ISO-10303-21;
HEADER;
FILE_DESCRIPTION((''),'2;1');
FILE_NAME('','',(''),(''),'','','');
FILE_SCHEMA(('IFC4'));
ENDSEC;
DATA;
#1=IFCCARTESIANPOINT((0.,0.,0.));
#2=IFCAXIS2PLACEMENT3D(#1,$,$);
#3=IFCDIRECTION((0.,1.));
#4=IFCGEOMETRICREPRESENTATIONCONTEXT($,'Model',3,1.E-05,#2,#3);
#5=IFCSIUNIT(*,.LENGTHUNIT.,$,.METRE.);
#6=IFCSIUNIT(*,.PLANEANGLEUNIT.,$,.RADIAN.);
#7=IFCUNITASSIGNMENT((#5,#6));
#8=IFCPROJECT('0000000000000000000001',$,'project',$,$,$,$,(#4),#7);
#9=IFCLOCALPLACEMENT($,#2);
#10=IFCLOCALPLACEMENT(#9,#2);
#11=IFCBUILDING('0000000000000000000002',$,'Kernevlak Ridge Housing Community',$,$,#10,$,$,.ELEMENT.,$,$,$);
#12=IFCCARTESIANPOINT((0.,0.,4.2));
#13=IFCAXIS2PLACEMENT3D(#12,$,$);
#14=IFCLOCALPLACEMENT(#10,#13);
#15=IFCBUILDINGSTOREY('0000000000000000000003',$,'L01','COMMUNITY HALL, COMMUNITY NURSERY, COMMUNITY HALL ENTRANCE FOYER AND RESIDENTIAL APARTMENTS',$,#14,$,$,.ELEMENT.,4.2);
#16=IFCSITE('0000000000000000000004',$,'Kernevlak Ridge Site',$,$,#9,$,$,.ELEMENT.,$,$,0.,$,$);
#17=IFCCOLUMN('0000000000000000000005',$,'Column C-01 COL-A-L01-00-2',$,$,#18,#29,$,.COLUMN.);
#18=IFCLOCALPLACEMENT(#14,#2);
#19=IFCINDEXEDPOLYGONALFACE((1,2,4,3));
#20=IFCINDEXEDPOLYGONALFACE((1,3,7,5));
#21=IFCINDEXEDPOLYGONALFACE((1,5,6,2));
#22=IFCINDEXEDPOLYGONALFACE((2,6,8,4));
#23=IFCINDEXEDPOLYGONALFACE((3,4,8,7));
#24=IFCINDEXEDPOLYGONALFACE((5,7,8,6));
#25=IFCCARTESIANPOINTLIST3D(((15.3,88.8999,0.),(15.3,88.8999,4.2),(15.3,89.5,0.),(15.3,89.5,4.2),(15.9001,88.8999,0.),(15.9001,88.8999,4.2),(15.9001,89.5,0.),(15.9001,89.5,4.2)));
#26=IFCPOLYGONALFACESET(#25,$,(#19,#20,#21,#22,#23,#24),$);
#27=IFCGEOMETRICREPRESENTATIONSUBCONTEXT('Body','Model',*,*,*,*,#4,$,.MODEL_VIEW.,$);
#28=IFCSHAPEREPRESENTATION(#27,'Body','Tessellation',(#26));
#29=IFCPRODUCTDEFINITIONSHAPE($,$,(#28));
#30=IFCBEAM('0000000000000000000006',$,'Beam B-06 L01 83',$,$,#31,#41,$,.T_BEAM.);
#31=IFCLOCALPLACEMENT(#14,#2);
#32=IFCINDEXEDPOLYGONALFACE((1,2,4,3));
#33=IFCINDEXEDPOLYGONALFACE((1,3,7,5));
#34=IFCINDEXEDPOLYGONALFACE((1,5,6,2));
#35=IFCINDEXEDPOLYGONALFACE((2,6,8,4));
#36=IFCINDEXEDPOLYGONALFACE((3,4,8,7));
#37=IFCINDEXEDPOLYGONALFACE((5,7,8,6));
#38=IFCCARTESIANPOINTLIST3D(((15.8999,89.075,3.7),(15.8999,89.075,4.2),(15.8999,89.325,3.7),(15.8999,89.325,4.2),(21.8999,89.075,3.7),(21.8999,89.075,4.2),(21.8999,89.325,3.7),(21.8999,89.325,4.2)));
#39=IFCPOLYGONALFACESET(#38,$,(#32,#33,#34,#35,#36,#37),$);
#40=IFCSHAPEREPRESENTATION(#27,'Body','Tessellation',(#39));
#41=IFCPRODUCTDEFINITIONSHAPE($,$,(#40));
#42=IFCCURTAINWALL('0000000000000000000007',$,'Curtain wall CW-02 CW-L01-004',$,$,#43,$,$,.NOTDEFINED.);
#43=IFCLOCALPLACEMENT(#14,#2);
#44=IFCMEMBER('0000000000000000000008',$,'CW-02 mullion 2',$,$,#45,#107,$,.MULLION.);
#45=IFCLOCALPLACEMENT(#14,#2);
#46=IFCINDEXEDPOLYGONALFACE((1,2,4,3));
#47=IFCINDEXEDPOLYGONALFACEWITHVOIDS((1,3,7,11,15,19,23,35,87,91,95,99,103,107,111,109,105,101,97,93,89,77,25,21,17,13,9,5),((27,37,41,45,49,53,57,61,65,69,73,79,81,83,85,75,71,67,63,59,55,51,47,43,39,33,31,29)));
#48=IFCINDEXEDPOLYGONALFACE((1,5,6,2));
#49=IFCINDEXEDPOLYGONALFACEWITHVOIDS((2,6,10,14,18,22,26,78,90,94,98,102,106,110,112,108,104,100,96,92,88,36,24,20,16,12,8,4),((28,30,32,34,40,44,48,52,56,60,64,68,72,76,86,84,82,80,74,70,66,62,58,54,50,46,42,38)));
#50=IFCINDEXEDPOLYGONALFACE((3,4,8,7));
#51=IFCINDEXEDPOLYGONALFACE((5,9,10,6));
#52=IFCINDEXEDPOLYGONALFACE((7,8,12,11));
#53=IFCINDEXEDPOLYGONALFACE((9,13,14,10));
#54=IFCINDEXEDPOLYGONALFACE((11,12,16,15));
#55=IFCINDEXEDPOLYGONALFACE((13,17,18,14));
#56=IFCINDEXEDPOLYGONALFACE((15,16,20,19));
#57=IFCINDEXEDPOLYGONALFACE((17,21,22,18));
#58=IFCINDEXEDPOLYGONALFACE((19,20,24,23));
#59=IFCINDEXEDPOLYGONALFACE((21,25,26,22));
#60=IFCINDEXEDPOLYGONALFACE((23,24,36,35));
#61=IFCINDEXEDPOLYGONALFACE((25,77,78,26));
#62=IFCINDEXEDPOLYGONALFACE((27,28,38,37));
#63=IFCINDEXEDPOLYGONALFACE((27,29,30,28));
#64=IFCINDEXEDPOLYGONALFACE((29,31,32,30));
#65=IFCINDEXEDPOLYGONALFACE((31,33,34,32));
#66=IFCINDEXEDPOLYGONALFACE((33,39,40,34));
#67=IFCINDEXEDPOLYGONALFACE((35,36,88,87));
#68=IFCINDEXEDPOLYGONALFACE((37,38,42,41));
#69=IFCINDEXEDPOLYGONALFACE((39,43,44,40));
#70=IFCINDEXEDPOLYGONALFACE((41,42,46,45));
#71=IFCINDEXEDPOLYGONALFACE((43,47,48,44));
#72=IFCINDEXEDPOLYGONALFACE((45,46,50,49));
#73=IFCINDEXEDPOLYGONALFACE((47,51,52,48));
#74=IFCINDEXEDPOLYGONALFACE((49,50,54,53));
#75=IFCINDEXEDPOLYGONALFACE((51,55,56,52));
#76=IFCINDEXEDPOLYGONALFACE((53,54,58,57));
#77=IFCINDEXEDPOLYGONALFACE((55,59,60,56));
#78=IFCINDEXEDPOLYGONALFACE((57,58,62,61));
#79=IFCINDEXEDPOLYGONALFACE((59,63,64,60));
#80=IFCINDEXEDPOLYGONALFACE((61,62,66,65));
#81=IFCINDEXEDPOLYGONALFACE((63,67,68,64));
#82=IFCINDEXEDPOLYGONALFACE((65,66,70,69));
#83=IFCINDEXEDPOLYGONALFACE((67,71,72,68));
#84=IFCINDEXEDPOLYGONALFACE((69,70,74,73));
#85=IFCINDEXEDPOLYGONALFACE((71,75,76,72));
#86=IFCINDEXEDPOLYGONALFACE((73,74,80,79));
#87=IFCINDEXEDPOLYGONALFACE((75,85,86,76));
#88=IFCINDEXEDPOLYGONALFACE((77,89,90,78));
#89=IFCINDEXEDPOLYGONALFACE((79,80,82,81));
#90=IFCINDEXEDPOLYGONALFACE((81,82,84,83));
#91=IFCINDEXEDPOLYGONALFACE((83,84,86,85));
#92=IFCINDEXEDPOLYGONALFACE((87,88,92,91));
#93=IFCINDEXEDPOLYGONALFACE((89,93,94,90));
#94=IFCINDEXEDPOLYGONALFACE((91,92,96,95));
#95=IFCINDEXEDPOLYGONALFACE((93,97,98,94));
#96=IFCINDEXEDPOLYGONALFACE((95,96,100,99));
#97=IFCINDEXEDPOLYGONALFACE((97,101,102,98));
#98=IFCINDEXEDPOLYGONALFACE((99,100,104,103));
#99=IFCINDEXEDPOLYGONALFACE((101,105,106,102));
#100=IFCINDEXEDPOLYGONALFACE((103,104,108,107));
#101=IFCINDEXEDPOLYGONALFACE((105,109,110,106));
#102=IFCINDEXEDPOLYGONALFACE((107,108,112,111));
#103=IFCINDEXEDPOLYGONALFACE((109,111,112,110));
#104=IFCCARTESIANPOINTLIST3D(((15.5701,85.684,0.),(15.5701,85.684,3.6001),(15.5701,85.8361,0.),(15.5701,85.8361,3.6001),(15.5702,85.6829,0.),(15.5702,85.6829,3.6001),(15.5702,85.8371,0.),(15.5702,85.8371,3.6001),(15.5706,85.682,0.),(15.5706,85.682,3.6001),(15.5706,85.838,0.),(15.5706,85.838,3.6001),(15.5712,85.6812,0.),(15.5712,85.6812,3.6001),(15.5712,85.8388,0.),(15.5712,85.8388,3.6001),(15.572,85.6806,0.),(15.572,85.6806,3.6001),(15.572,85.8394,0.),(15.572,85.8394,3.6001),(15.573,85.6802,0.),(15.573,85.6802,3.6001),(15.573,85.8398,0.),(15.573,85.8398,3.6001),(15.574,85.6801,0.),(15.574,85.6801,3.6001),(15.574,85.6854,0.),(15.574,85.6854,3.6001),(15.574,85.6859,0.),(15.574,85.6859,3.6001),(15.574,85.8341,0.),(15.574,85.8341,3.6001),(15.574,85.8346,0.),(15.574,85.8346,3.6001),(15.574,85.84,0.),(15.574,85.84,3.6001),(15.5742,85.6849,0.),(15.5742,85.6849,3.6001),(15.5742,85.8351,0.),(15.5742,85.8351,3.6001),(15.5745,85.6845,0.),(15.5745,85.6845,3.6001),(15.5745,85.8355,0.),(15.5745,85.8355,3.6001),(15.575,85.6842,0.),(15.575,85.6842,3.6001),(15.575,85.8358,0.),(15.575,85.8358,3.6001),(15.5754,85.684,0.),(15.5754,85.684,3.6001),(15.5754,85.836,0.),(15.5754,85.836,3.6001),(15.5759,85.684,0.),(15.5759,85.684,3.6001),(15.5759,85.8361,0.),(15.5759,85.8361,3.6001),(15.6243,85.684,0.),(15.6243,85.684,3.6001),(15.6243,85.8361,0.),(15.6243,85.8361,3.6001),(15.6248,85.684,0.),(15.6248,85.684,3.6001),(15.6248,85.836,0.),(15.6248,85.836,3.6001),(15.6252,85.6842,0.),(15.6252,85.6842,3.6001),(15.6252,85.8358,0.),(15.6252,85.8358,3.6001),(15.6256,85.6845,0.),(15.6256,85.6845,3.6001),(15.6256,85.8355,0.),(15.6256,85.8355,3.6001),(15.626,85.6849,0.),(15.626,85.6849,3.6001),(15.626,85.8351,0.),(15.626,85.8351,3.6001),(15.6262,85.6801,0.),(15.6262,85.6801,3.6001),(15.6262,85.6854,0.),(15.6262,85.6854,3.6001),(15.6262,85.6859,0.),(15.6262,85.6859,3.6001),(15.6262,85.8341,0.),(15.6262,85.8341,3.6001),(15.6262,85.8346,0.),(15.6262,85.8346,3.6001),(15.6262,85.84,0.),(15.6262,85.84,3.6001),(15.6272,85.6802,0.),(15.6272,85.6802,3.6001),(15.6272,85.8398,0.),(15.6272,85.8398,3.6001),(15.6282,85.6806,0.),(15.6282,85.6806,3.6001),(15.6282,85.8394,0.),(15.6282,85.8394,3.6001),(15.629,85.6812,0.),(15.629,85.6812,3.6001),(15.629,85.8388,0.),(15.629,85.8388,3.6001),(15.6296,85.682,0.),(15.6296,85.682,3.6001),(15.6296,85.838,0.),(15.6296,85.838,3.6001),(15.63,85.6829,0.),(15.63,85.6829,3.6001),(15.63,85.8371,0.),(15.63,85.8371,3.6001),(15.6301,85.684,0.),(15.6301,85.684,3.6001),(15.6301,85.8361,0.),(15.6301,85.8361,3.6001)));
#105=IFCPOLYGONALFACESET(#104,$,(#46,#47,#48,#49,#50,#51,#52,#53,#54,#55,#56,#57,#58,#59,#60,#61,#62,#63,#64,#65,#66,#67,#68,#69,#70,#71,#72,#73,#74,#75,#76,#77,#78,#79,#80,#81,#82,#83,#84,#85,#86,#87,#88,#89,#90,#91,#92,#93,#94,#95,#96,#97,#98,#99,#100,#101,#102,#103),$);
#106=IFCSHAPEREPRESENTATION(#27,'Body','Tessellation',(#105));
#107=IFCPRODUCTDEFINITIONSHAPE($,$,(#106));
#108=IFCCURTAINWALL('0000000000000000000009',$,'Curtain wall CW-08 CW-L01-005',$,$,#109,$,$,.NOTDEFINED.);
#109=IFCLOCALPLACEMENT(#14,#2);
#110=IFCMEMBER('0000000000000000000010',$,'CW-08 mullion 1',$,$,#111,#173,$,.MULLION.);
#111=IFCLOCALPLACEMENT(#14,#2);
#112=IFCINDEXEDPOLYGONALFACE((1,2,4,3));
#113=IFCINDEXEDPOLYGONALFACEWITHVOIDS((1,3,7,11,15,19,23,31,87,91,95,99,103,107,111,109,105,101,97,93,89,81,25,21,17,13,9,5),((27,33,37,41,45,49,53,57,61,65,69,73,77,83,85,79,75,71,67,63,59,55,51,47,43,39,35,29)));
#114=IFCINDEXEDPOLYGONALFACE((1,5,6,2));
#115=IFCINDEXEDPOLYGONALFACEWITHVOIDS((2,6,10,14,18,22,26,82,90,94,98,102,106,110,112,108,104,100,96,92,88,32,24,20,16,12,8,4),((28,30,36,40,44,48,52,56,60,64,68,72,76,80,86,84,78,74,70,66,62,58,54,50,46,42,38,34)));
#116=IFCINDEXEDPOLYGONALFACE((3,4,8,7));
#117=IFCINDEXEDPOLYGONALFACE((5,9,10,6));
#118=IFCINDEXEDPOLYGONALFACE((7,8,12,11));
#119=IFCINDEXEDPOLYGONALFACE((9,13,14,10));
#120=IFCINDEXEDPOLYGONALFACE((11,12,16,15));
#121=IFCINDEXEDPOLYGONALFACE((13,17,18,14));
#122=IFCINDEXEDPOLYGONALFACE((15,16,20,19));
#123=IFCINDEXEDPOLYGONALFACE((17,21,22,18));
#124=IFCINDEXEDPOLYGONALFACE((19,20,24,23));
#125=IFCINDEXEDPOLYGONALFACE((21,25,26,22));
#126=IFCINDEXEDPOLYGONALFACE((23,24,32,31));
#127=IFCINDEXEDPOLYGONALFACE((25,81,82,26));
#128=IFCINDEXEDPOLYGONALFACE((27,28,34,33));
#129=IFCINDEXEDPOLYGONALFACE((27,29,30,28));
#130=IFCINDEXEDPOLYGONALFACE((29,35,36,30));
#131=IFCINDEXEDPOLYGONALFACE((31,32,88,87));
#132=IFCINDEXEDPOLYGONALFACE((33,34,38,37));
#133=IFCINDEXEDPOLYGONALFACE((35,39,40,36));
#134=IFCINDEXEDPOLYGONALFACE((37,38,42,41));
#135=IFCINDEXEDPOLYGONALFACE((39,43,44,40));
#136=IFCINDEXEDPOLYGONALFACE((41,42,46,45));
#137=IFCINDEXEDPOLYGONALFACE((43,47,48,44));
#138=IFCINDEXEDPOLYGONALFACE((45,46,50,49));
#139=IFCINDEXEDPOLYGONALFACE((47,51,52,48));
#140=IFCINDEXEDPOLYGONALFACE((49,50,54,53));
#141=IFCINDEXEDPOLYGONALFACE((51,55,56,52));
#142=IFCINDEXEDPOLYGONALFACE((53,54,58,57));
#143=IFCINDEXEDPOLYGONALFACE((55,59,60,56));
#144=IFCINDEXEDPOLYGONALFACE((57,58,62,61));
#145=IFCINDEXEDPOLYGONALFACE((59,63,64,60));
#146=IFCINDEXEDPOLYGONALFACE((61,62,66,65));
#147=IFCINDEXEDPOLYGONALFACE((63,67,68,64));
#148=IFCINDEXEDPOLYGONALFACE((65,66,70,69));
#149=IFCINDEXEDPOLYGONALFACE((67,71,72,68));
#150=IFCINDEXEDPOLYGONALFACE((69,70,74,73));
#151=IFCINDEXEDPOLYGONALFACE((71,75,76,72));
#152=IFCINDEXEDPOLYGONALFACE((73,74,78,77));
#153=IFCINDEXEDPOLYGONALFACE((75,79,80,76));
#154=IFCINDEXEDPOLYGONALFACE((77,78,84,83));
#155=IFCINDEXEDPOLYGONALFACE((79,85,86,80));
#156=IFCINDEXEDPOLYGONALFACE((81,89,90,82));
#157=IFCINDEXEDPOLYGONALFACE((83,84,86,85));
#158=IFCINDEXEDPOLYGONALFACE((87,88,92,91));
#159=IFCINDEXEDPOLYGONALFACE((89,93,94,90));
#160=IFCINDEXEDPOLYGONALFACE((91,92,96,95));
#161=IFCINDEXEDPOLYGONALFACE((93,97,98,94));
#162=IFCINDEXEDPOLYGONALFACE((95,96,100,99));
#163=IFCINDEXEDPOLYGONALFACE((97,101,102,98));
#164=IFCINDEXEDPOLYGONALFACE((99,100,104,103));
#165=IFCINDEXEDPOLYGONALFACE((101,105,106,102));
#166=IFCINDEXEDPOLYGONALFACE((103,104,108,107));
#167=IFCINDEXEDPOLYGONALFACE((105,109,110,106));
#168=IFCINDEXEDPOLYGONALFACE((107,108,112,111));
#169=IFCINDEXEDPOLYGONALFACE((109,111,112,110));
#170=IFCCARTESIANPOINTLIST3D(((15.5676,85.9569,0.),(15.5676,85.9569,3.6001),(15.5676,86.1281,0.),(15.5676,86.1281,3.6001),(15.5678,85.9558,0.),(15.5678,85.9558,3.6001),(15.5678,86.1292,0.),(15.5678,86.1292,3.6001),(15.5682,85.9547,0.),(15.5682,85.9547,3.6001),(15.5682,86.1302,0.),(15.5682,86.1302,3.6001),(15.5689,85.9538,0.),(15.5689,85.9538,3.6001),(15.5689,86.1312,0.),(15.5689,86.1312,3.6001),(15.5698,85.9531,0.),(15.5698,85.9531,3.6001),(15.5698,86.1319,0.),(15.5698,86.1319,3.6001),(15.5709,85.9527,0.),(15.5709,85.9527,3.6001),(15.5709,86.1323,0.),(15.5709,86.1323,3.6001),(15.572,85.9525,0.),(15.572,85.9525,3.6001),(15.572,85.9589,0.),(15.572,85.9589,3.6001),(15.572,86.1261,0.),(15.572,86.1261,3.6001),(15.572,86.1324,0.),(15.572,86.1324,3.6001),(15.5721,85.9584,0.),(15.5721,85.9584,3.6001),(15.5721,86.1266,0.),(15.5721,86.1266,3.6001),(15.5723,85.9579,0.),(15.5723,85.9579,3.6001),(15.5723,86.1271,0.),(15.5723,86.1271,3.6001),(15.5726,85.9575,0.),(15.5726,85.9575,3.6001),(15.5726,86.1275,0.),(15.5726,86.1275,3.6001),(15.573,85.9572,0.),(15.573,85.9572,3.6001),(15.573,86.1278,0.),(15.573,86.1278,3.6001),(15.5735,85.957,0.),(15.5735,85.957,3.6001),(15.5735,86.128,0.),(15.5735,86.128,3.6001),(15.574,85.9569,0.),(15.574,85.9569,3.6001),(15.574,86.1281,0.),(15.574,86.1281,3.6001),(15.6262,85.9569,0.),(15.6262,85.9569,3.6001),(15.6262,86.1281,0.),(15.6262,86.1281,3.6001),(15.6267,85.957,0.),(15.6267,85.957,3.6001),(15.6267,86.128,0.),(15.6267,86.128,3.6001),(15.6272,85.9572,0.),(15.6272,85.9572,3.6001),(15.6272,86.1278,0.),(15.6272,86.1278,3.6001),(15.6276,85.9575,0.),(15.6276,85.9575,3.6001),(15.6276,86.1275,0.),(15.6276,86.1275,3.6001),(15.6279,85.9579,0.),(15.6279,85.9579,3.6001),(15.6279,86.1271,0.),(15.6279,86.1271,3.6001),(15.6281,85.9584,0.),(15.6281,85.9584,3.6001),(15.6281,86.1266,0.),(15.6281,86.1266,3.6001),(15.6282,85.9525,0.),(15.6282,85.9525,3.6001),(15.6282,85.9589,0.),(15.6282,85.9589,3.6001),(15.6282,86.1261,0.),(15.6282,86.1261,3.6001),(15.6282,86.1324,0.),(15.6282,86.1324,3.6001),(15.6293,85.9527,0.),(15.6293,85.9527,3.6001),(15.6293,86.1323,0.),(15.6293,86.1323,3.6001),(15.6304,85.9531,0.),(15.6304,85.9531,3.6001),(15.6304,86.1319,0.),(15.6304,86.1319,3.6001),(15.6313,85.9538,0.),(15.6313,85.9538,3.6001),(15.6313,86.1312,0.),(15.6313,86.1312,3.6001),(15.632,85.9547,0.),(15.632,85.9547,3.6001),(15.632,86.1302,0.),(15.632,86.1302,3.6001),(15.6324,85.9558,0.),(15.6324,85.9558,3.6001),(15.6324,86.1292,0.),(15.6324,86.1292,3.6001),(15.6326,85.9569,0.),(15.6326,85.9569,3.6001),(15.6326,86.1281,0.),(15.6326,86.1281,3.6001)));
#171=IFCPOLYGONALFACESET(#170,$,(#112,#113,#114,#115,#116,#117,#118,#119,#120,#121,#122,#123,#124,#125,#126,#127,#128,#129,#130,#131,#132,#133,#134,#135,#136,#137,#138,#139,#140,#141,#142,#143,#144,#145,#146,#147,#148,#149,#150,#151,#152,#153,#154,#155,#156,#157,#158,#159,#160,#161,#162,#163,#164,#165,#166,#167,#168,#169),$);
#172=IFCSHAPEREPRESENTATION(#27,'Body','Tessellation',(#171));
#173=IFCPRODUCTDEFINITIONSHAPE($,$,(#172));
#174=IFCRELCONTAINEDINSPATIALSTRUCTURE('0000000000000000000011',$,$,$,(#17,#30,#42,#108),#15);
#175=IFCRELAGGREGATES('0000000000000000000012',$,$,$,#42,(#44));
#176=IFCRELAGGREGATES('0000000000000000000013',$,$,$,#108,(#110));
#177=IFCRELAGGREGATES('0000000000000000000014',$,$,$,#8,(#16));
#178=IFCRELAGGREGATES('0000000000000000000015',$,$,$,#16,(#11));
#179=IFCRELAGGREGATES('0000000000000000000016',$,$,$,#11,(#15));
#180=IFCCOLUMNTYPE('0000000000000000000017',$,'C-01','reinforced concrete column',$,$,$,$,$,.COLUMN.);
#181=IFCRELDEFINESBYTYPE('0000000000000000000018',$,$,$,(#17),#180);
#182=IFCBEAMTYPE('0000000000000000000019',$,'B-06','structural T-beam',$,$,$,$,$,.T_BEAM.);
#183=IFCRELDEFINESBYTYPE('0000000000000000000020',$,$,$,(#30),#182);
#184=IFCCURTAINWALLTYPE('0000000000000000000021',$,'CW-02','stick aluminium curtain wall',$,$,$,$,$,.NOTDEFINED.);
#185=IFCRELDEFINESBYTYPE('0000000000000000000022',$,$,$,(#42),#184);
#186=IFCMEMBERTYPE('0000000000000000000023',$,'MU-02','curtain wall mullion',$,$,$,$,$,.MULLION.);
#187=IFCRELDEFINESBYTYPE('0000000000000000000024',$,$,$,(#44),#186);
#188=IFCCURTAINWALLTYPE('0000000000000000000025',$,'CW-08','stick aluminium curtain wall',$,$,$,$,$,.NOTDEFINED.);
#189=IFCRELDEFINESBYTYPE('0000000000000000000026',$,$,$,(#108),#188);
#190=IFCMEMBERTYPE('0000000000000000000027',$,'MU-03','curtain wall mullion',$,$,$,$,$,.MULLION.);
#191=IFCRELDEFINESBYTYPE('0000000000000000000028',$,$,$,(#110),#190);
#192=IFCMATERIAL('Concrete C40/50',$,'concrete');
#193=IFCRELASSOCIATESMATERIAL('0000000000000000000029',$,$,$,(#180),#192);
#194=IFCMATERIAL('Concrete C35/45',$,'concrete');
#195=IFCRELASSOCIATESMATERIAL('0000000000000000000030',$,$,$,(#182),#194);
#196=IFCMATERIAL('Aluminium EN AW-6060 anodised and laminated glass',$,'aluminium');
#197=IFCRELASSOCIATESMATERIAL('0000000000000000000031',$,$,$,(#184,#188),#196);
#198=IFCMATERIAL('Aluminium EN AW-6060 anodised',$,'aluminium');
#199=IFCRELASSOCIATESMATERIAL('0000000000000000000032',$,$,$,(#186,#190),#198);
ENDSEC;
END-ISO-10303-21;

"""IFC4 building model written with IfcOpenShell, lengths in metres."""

from ifc_helpers import new_model, si_unit, direction, frame, origin, origin_2d, place, context, subcontext, project, spatial, rectangle, hollow_rectangle, extrude, material, material_profile, profile_set, type_object, element, aggregate, save


model = new_model("IFC4")

# Units and contexts
model_context = context("Model", 3, precision=1e-05, world=origin(), true_north=direction((0.0, 1.0)))
body_context = subcontext(model_context, "Body", "Model", "MODEL_VIEW")
ifc_project = project(units=[si_unit("LENGTHUNIT", "METRE"), si_unit("PLANEANGLEUNIT", "RADIAN")], contexts=[model_context])

# Site, building, storey
site_placement = place(None, origin())
site = spatial("IfcSite", under=ifc_project, at=site_placement, Name="Kernevlak Ridge Site", CompositionType="ELEMENT", RefElevation=0.0)
building_placement = place(site_placement, origin())
building = spatial("IfcBuilding", under=site, at=building_placement, Name="Kernevlak Ridge Housing Community", CompositionType="ELEMENT")
storey_placement = place(building_placement, frame((0.0, 0.0, 4.2)))
storey = spatial("IfcBuildingStorey", under=building, at=storey_placement, Name="L01", Description="COMMUNITY HALL, COMMUNITY NURSERY, COMMUNITY HALL ENTRANCE FOYER AND RESIDENTIAL APARTMENTS", CompositionType="ELEMENT", Elevation=4.2)

# Column
ifc_material_1 = material(Name="Concrete C40/50", Category="concrete")
ifc_material_profile_1 = material_profile(ifc_material_1, rectangle(XDim=0.6001, YDim=0.6001, at=origin_2d()), Name="RC 600x600")
ifc_profile_set_1 = profile_set([ifc_material_profile_1], Name="Concrete C40/50")
column_type = type_object("IfcColumnType", Name="C-01", Description="reinforced concrete column", PredefinedType="COLUMN", material=ifc_profile_set_1)
column_placement = place(storey_placement, frame((15.6001, 89.2, 0.0), z_axis=(0.0, 0.0, 1.0), x_axis=(1.0, 0.0, 0.0)))
element("IfcColumn", 1, at=column_placement, inside=storey, type_object=column_type, Name="Column C-01 COL-A-L01-00-2", PredefinedType="COLUMN", context=body_context, shape_type="SweptSolid", body=[
    extrude(rectangle(XDim=0.6001, YDim=0.6001, at=origin_2d()), origin(), (0.0, 0.0, 1.0), 4.2),
])

# Beam
ifc_material_2 = material(Name="Concrete C35/45", Category="concrete")
ifc_material_profile_2 = material_profile(ifc_material_2, rectangle(XDim=0.25, YDim=0.5, at=origin_2d()), Name="RC 250x500")
ifc_profile_set_2 = profile_set([ifc_material_profile_2], Name="Concrete C35/45")
beam_type = type_object("IfcBeamType", Name="B-06", Description="structural T-beam", PredefinedType="T_BEAM", material=ifc_profile_set_2)
beam_placement = place(storey_placement, frame((15.8999, 89.2, 3.95), z_axis=(1.0, 0.0, 0.0), x_axis=(0.0, 1.0, 0.0)))
element("IfcBeam", 2, at=beam_placement, inside=storey, type_object=beam_type, Name="Beam B-06 L01 83", PredefinedType="T_BEAM", context=body_context, shape_type="SweptSolid", body=[
    extrude(rectangle(XDim=0.25, YDim=0.5, at=origin_2d()), origin(), (0.0, 0.0, 1.0), 6.0),
])

# Curtain wall, member
ifc_material_3 = material(Name="Aluminium EN AW-6060 anodised and laminated glass", Category="aluminium")
curtain_wall_type_1 = type_object("IfcCurtainWallType", Name="CW-02", Description="stick aluminium curtain wall", PredefinedType="NOTDEFINED", material=ifc_material_3)
curtain_wall_1_placement = place(storey_placement, origin())
curtain_wall_1 = element("IfcCurtainWall", 3, at=curtain_wall_1_placement, inside=storey, type_object=curtain_wall_type_1, Name="Curtain wall CW-02 CW-L01-004", PredefinedType="NOTDEFINED")
ifc_material_4 = material(Name="Aluminium EN AW-6060 anodised", Category="aluminium")
ifc_material_profile_3 = material_profile(ifc_material_4, hollow_rectangle(XDim=0.0601, YDim=0.1599, WallThickness=0.0039, InnerFilletRadius=0.002, OuterFilletRadius=0.0039, at=origin_2d()), Name="ALU 60x160x4")
ifc_profile_set_3 = profile_set([ifc_material_profile_3], Name="Aluminium EN AW-6060 anodised")
member_type_1 = type_object("IfcMemberType", Name="MU-02", Description="curtain wall mullion", PredefinedType="MULLION", material=ifc_profile_set_3)
member_1_placement = place(storey_placement, frame((15.6001, 85.76, 0.0), z_axis=(0.0, 0.0, 1.0), x_axis=(-1.0, 0.0, 0.0)))
member_1 = element("IfcMember", 4, at=member_1_placement, type_object=member_type_1, Name="CW-02 mullion 2", PredefinedType="MULLION", context=body_context, shape_type="SweptSolid", body=[
    extrude(hollow_rectangle(XDim=0.0601, YDim=0.1599, WallThickness=0.0039, InnerFilletRadius=0.002, OuterFilletRadius=0.0039, at=origin_2d()), origin(), (0.0, 0.0, 1.0), 3.6001),
])
aggregate(curtain_wall_1, [member_1])

# Curtain wall, member
curtain_wall_type_2 = type_object("IfcCurtainWallType", Name="CW-08", Description="stick aluminium curtain wall", PredefinedType="NOTDEFINED", material=ifc_material_3)
curtain_wall_2_placement = place(storey_placement, origin())
curtain_wall_2 = element("IfcCurtainWall", 5, at=curtain_wall_2_placement, inside=storey, type_object=curtain_wall_type_2, Name="Curtain wall CW-08 CW-L01-005", PredefinedType="NOTDEFINED")
ifc_material_profile_4 = material_profile(ifc_material_4, hollow_rectangle(XDim=0.0649, YDim=0.1799, WallThickness=0.0044, InnerFilletRadius=0.002, OuterFilletRadius=0.0044, at=origin_2d()), Name="ALU 65x180x4.5")
ifc_profile_set_4 = profile_set([ifc_material_profile_4], Name="Aluminium EN AW-6060 anodised")
member_type_2 = type_object("IfcMemberType", Name="MU-03", Description="curtain wall mullion", PredefinedType="MULLION", material=ifc_profile_set_4)
member_2_placement = place(storey_placement, frame((15.6001, 86.0425, 0.0), z_axis=(0.0, 0.0, 1.0), x_axis=(-1.0, 0.0, 0.0)))
member_2 = element("IfcMember", 6, at=member_2_placement, type_object=member_type_2, Name="CW-08 mullion 1", PredefinedType="MULLION", context=body_context, shape_type="SweptSolid", body=[
    extrude(hollow_rectangle(XDim=0.0649, YDim=0.1799, WallThickness=0.0044, InnerFilletRadius=0.002, OuterFilletRadius=0.0044, at=origin_2d()), origin(), (0.0, 0.0, 1.0), 3.6001),
])
aggregate(curtain_wall_2, [member_2])

save(model, "model.ifc")
